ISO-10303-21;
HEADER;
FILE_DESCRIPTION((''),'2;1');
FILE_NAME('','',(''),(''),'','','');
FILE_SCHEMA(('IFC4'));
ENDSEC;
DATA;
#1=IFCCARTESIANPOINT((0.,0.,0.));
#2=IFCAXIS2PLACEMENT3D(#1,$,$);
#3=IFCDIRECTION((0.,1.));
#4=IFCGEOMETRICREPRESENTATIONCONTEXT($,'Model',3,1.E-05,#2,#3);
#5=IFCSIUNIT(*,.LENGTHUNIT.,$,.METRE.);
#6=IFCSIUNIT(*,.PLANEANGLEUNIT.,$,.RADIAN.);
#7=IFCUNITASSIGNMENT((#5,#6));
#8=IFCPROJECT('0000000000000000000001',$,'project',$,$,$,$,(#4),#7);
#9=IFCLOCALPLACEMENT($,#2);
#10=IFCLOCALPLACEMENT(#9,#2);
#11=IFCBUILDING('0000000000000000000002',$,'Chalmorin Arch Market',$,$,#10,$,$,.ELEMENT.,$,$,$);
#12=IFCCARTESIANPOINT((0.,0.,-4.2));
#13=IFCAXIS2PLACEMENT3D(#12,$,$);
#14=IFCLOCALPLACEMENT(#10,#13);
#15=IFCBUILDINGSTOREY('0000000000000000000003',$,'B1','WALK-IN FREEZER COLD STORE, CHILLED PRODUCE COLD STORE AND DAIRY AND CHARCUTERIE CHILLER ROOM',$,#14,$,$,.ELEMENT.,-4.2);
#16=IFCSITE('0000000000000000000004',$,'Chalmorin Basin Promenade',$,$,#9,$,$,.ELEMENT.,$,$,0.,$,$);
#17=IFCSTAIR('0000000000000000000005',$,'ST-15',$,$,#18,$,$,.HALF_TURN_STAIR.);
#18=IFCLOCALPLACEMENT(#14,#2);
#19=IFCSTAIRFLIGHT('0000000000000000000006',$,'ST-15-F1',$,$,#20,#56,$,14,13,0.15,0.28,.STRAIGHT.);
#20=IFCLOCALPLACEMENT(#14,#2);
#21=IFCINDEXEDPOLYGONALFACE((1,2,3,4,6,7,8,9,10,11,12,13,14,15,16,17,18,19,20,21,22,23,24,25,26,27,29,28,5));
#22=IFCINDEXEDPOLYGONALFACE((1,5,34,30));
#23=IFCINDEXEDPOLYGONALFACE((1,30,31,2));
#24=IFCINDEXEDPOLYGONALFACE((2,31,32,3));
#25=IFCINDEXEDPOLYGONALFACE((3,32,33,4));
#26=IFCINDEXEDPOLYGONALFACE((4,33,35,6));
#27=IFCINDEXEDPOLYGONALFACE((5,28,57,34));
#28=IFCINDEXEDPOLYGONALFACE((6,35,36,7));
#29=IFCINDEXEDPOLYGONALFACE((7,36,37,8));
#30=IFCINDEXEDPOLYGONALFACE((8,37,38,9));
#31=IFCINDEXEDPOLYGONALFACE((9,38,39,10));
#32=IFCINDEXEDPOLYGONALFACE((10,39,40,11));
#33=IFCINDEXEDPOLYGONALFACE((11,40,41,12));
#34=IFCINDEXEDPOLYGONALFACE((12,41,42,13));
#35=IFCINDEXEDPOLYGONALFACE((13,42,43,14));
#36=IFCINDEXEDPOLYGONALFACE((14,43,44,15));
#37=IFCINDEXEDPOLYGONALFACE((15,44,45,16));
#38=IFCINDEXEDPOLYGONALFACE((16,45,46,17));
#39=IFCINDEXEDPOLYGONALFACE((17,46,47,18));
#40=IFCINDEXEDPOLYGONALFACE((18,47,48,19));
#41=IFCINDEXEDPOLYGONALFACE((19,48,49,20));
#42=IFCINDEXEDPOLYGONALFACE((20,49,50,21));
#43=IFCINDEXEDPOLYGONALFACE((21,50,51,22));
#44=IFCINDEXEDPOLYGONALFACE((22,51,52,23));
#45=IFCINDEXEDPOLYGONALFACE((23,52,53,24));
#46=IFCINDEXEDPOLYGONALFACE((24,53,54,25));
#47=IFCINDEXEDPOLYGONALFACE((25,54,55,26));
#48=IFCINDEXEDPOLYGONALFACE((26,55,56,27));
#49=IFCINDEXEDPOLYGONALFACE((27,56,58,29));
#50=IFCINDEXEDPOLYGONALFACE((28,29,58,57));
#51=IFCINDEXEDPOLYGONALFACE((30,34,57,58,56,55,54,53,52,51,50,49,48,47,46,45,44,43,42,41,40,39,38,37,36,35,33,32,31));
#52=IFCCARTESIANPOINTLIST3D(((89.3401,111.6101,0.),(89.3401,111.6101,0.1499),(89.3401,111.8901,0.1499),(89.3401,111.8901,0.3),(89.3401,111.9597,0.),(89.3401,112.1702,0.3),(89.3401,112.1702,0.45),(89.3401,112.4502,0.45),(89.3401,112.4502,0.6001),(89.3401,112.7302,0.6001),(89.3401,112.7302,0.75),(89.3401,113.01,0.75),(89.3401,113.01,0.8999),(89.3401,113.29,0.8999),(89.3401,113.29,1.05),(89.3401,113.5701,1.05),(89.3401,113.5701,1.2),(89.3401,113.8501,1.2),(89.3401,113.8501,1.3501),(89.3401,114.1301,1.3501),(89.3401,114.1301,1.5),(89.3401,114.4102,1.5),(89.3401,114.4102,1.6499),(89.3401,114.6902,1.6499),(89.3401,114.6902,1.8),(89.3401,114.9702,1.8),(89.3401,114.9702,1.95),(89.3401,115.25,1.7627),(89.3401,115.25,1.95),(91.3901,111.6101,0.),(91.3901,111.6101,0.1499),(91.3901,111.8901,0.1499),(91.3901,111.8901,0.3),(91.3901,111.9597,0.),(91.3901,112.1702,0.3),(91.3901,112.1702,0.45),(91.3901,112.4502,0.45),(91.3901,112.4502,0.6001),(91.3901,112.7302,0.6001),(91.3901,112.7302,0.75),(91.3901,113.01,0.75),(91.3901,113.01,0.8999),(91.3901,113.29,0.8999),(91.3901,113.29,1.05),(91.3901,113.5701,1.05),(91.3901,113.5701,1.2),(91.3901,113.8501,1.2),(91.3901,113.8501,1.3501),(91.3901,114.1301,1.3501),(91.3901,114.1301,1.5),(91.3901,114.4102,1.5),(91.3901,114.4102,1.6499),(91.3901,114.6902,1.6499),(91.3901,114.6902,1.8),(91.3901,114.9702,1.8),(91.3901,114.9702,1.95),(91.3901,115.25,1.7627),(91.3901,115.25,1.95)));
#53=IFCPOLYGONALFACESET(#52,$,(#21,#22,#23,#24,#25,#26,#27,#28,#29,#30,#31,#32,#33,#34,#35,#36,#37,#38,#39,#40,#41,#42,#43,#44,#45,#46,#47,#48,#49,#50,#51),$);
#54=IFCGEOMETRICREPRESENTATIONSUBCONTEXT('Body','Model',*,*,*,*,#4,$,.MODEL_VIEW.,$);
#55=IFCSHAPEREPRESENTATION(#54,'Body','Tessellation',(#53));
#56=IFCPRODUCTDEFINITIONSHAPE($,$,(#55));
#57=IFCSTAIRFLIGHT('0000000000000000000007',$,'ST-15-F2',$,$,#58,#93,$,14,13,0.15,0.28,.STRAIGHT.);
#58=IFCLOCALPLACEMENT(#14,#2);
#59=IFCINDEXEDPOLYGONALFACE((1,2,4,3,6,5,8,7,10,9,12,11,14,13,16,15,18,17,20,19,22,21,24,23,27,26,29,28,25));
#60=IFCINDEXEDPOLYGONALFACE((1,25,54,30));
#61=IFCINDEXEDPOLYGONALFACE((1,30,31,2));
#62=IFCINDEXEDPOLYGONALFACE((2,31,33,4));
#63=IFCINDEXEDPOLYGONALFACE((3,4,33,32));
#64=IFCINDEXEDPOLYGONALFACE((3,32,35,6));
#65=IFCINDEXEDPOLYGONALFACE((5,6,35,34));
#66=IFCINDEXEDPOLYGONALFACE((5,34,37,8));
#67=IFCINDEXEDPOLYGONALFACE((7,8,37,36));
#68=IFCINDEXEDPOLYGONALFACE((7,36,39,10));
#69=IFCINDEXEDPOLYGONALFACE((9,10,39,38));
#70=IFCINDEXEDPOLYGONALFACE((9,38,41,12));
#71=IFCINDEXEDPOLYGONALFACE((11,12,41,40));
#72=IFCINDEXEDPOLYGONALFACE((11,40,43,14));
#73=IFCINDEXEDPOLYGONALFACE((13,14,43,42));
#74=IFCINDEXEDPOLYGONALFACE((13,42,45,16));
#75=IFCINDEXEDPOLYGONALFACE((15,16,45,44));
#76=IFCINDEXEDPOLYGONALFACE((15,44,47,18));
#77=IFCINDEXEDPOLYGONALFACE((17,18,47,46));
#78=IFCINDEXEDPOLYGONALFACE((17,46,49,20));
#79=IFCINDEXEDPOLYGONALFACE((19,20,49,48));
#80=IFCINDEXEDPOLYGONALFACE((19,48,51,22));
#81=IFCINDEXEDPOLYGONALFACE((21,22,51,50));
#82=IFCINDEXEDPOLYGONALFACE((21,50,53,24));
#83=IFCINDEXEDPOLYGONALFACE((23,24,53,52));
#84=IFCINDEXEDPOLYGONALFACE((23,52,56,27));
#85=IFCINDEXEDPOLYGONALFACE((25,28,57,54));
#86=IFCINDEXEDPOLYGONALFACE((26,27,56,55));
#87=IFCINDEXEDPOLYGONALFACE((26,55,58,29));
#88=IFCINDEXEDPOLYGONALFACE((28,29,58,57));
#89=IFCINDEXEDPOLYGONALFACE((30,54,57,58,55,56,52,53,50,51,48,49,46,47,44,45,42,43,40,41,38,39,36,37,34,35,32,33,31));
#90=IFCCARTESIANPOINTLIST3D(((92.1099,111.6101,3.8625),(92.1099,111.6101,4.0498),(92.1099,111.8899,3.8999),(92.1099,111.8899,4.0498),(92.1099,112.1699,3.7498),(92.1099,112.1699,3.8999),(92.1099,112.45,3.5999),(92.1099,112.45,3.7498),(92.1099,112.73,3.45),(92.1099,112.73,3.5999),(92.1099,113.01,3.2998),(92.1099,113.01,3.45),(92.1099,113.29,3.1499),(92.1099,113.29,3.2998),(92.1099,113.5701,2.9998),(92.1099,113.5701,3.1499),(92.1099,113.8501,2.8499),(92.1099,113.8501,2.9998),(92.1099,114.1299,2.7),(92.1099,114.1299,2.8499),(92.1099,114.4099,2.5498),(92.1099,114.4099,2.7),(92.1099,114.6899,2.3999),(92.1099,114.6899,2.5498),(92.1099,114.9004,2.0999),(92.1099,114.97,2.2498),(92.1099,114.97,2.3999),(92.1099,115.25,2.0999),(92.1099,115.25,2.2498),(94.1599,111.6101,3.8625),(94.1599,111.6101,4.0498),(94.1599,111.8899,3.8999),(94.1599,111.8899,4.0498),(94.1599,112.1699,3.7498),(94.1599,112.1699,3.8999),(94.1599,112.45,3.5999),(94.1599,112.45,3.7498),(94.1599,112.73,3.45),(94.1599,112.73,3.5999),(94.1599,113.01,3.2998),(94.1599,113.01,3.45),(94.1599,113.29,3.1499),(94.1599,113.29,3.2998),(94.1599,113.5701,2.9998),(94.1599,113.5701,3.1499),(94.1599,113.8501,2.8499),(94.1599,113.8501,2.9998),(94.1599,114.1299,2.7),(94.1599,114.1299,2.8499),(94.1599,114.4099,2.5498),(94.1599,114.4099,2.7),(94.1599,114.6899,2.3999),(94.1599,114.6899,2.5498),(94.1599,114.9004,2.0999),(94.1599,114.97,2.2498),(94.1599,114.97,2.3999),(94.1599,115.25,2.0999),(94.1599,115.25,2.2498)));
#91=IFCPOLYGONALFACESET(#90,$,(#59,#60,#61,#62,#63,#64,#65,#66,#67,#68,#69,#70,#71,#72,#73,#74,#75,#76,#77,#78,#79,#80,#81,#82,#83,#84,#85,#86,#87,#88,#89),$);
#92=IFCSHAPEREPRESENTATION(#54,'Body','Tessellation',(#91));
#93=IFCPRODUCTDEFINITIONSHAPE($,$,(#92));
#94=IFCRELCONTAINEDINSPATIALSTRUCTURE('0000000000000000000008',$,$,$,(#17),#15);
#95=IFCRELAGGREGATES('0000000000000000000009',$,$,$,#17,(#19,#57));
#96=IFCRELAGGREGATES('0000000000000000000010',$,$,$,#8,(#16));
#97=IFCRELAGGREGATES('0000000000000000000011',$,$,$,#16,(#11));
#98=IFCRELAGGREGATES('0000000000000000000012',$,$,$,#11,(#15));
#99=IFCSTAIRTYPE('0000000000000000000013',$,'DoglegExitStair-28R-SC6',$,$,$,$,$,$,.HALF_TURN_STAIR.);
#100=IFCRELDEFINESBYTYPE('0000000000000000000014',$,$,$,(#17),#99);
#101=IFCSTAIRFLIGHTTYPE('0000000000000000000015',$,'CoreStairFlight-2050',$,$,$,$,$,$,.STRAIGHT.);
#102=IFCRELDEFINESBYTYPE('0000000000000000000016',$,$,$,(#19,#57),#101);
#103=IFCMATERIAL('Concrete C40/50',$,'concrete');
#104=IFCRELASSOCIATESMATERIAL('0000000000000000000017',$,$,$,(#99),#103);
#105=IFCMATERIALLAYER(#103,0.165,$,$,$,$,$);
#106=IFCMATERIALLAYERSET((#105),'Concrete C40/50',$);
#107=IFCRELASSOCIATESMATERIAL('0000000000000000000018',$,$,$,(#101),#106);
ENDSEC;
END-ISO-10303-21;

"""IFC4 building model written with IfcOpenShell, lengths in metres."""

from ifc_helpers import new_model, si_unit, direction, frame, origin, place, context, subcontext, project, spatial, polyline, outline, extrude, material, layer, layer_set, type_object, element, aggregate, save


model = new_model("IFC4")

# Units and contexts
model_context = context("Model", 3, precision=1e-05, world=origin(), true_north=direction((0.0, 1.0)))
body_context = subcontext(model_context, "Body", "Model", "MODEL_VIEW")
ifc_project = project(units=[si_unit("LENGTHUNIT", "METRE"), si_unit("PLANEANGLEUNIT", "RADIAN")], contexts=[model_context])

# Site, building, storey
site_placement = place(None, origin())
site = spatial("IfcSite", under=ifc_project, at=site_placement, Name="Chalmorin Basin Promenade", CompositionType="ELEMENT", RefElevation=0.0)
building_placement = place(site_placement, origin())
building = spatial("IfcBuilding", under=site, at=building_placement, Name="Chalmorin Arch Market", CompositionType="ELEMENT")
storey_placement = place(building_placement, frame((0.0, 0.0, -4.2)))
storey = spatial("IfcBuildingStorey", under=building, at=storey_placement, Name="B1", Description="WALK-IN FREEZER COLD STORE, CHILLED PRODUCE COLD STORE AND DAIRY AND CHARCUTERIE CHILLER ROOM", CompositionType="ELEMENT", Elevation=-4.2)

# Shared definitions
ifc_material_1 = material(Name="Concrete C40/50", Category="concrete")

# Stair, stair flights
stair_type = type_object("IfcStairType", Name="DoglegExitStair-28R-SC6", PredefinedType="HALF_TURN_STAIR", material=ifc_material_1)
stair_placement = place(storey_placement, origin())
stair = element("IfcStair", 1, at=stair_placement, inside=storey, type_object=stair_type, Name="ST-15", PredefinedType="HALF_TURN_STAIR")
ifc_layer_1 = layer(ifc_material_1, 0.165)
ifc_layer_set_1 = layer_set([ifc_layer_1], Name="Concrete C40/50")
stair_flight_type = type_object("IfcStairFlightType", Name="CoreStairFlight-2050", PredefinedType="STRAIGHT", material=ifc_layer_set_1)
stair_flight_1_placement = place(storey_placement, frame((90.365, 111.6101, 0.0), z_axis=(0.0, 0.0, 1.0), x_axis=(0.0, 1.0, 0.0)))
stair_flight_1 = element("IfcStairFlight", 2, at=stair_flight_1_placement, type_object=stair_flight_type, Name="ST-15-F1", NumberOfRisers=14, NumberOfTreads=13, PredefinedType="STRAIGHT", RiserHeight=0.15, TreadLength=0.28, context=body_context, shape_type="SweptSolid", body=[
    extrude(outline(polyline([(0.0, 0.0), (0.0, 0.1499), (0.28, 0.1499), (0.28, 0.3), (0.5601, 0.3), (0.5601, 0.45), (0.8401, 0.45), (0.8401, 0.6001), (1.1201, 0.6001), (1.1201, 0.75), (1.3999, 0.75), (1.3999, 0.8999), (1.6799, 0.8999), (1.6799, 1.05), (1.96, 1.05), (1.96, 1.2), (2.24, 1.2), (2.24, 1.3501), (2.52, 1.3501), (2.52, 1.5), (2.8, 1.5), (2.8, 1.6499), (3.0801, 1.6499), (3.0801, 1.8), (3.3601, 1.8), (3.3601, 1.95), (3.6399, 1.95), (3.6399, 2.1001), (3.6399, 1.7627), (0.3496, 0.0), (0.0, 0.0)])), frame((0.0, 1.0249, 0.0), z_axis=(0.0, -1.0, 0.0), x_axis=(1.0, 0.0, 0.0)), (0.0, 0.0, 1.0), 2.05),
])
stair_flight_2_placement = place(storey_placement, frame((93.135, 115.25, 2.0999), z_axis=(0.0, 0.0, 1.0), x_axis=(0.0, -1.0, 0.0)))
stair_flight_2 = element("IfcStairFlight", 3, at=stair_flight_2_placement, type_object=stair_flight_type, Name="ST-15-F2", NumberOfRisers=14, NumberOfTreads=13, PredefinedType="STRAIGHT", RiserHeight=0.15, TreadLength=0.28, context=body_context, shape_type="SweptSolid", body=[
    extrude(outline(polyline([(0.0, 0.0), (0.0, 0.1499), (0.28, 0.1499), (0.28, 0.3), (0.5601, 0.3), (0.5601, 0.45), (0.8401, 0.45), (0.8401, 0.6001), (1.1201, 0.6001), (1.1201, 0.75), (1.3999, 0.75), (1.3999, 0.8999), (1.6799, 0.8999), (1.6799, 1.05), (1.96, 1.05), (1.96, 1.2), (2.24, 1.2), (2.24, 1.3501), (2.52, 1.3501), (2.52, 1.5), (2.8, 1.5), (2.8, 1.6499), (3.0801, 1.6499), (3.0801, 1.8), (3.3601, 1.8), (3.3601, 1.95), (3.6399, 1.95), (3.6399, 2.1001), (3.6399, 1.7627), (0.3496, 0.0), (0.0, 0.0)])), frame((0.0, 1.0249, 0.0), z_axis=(0.0, -1.0, 0.0), x_axis=(1.0, 0.0, 0.0)), (0.0, 0.0, 1.0), 2.05),
])
aggregate(stair, [stair_flight_1, stair_flight_2])

save(model, "model.ifc")
